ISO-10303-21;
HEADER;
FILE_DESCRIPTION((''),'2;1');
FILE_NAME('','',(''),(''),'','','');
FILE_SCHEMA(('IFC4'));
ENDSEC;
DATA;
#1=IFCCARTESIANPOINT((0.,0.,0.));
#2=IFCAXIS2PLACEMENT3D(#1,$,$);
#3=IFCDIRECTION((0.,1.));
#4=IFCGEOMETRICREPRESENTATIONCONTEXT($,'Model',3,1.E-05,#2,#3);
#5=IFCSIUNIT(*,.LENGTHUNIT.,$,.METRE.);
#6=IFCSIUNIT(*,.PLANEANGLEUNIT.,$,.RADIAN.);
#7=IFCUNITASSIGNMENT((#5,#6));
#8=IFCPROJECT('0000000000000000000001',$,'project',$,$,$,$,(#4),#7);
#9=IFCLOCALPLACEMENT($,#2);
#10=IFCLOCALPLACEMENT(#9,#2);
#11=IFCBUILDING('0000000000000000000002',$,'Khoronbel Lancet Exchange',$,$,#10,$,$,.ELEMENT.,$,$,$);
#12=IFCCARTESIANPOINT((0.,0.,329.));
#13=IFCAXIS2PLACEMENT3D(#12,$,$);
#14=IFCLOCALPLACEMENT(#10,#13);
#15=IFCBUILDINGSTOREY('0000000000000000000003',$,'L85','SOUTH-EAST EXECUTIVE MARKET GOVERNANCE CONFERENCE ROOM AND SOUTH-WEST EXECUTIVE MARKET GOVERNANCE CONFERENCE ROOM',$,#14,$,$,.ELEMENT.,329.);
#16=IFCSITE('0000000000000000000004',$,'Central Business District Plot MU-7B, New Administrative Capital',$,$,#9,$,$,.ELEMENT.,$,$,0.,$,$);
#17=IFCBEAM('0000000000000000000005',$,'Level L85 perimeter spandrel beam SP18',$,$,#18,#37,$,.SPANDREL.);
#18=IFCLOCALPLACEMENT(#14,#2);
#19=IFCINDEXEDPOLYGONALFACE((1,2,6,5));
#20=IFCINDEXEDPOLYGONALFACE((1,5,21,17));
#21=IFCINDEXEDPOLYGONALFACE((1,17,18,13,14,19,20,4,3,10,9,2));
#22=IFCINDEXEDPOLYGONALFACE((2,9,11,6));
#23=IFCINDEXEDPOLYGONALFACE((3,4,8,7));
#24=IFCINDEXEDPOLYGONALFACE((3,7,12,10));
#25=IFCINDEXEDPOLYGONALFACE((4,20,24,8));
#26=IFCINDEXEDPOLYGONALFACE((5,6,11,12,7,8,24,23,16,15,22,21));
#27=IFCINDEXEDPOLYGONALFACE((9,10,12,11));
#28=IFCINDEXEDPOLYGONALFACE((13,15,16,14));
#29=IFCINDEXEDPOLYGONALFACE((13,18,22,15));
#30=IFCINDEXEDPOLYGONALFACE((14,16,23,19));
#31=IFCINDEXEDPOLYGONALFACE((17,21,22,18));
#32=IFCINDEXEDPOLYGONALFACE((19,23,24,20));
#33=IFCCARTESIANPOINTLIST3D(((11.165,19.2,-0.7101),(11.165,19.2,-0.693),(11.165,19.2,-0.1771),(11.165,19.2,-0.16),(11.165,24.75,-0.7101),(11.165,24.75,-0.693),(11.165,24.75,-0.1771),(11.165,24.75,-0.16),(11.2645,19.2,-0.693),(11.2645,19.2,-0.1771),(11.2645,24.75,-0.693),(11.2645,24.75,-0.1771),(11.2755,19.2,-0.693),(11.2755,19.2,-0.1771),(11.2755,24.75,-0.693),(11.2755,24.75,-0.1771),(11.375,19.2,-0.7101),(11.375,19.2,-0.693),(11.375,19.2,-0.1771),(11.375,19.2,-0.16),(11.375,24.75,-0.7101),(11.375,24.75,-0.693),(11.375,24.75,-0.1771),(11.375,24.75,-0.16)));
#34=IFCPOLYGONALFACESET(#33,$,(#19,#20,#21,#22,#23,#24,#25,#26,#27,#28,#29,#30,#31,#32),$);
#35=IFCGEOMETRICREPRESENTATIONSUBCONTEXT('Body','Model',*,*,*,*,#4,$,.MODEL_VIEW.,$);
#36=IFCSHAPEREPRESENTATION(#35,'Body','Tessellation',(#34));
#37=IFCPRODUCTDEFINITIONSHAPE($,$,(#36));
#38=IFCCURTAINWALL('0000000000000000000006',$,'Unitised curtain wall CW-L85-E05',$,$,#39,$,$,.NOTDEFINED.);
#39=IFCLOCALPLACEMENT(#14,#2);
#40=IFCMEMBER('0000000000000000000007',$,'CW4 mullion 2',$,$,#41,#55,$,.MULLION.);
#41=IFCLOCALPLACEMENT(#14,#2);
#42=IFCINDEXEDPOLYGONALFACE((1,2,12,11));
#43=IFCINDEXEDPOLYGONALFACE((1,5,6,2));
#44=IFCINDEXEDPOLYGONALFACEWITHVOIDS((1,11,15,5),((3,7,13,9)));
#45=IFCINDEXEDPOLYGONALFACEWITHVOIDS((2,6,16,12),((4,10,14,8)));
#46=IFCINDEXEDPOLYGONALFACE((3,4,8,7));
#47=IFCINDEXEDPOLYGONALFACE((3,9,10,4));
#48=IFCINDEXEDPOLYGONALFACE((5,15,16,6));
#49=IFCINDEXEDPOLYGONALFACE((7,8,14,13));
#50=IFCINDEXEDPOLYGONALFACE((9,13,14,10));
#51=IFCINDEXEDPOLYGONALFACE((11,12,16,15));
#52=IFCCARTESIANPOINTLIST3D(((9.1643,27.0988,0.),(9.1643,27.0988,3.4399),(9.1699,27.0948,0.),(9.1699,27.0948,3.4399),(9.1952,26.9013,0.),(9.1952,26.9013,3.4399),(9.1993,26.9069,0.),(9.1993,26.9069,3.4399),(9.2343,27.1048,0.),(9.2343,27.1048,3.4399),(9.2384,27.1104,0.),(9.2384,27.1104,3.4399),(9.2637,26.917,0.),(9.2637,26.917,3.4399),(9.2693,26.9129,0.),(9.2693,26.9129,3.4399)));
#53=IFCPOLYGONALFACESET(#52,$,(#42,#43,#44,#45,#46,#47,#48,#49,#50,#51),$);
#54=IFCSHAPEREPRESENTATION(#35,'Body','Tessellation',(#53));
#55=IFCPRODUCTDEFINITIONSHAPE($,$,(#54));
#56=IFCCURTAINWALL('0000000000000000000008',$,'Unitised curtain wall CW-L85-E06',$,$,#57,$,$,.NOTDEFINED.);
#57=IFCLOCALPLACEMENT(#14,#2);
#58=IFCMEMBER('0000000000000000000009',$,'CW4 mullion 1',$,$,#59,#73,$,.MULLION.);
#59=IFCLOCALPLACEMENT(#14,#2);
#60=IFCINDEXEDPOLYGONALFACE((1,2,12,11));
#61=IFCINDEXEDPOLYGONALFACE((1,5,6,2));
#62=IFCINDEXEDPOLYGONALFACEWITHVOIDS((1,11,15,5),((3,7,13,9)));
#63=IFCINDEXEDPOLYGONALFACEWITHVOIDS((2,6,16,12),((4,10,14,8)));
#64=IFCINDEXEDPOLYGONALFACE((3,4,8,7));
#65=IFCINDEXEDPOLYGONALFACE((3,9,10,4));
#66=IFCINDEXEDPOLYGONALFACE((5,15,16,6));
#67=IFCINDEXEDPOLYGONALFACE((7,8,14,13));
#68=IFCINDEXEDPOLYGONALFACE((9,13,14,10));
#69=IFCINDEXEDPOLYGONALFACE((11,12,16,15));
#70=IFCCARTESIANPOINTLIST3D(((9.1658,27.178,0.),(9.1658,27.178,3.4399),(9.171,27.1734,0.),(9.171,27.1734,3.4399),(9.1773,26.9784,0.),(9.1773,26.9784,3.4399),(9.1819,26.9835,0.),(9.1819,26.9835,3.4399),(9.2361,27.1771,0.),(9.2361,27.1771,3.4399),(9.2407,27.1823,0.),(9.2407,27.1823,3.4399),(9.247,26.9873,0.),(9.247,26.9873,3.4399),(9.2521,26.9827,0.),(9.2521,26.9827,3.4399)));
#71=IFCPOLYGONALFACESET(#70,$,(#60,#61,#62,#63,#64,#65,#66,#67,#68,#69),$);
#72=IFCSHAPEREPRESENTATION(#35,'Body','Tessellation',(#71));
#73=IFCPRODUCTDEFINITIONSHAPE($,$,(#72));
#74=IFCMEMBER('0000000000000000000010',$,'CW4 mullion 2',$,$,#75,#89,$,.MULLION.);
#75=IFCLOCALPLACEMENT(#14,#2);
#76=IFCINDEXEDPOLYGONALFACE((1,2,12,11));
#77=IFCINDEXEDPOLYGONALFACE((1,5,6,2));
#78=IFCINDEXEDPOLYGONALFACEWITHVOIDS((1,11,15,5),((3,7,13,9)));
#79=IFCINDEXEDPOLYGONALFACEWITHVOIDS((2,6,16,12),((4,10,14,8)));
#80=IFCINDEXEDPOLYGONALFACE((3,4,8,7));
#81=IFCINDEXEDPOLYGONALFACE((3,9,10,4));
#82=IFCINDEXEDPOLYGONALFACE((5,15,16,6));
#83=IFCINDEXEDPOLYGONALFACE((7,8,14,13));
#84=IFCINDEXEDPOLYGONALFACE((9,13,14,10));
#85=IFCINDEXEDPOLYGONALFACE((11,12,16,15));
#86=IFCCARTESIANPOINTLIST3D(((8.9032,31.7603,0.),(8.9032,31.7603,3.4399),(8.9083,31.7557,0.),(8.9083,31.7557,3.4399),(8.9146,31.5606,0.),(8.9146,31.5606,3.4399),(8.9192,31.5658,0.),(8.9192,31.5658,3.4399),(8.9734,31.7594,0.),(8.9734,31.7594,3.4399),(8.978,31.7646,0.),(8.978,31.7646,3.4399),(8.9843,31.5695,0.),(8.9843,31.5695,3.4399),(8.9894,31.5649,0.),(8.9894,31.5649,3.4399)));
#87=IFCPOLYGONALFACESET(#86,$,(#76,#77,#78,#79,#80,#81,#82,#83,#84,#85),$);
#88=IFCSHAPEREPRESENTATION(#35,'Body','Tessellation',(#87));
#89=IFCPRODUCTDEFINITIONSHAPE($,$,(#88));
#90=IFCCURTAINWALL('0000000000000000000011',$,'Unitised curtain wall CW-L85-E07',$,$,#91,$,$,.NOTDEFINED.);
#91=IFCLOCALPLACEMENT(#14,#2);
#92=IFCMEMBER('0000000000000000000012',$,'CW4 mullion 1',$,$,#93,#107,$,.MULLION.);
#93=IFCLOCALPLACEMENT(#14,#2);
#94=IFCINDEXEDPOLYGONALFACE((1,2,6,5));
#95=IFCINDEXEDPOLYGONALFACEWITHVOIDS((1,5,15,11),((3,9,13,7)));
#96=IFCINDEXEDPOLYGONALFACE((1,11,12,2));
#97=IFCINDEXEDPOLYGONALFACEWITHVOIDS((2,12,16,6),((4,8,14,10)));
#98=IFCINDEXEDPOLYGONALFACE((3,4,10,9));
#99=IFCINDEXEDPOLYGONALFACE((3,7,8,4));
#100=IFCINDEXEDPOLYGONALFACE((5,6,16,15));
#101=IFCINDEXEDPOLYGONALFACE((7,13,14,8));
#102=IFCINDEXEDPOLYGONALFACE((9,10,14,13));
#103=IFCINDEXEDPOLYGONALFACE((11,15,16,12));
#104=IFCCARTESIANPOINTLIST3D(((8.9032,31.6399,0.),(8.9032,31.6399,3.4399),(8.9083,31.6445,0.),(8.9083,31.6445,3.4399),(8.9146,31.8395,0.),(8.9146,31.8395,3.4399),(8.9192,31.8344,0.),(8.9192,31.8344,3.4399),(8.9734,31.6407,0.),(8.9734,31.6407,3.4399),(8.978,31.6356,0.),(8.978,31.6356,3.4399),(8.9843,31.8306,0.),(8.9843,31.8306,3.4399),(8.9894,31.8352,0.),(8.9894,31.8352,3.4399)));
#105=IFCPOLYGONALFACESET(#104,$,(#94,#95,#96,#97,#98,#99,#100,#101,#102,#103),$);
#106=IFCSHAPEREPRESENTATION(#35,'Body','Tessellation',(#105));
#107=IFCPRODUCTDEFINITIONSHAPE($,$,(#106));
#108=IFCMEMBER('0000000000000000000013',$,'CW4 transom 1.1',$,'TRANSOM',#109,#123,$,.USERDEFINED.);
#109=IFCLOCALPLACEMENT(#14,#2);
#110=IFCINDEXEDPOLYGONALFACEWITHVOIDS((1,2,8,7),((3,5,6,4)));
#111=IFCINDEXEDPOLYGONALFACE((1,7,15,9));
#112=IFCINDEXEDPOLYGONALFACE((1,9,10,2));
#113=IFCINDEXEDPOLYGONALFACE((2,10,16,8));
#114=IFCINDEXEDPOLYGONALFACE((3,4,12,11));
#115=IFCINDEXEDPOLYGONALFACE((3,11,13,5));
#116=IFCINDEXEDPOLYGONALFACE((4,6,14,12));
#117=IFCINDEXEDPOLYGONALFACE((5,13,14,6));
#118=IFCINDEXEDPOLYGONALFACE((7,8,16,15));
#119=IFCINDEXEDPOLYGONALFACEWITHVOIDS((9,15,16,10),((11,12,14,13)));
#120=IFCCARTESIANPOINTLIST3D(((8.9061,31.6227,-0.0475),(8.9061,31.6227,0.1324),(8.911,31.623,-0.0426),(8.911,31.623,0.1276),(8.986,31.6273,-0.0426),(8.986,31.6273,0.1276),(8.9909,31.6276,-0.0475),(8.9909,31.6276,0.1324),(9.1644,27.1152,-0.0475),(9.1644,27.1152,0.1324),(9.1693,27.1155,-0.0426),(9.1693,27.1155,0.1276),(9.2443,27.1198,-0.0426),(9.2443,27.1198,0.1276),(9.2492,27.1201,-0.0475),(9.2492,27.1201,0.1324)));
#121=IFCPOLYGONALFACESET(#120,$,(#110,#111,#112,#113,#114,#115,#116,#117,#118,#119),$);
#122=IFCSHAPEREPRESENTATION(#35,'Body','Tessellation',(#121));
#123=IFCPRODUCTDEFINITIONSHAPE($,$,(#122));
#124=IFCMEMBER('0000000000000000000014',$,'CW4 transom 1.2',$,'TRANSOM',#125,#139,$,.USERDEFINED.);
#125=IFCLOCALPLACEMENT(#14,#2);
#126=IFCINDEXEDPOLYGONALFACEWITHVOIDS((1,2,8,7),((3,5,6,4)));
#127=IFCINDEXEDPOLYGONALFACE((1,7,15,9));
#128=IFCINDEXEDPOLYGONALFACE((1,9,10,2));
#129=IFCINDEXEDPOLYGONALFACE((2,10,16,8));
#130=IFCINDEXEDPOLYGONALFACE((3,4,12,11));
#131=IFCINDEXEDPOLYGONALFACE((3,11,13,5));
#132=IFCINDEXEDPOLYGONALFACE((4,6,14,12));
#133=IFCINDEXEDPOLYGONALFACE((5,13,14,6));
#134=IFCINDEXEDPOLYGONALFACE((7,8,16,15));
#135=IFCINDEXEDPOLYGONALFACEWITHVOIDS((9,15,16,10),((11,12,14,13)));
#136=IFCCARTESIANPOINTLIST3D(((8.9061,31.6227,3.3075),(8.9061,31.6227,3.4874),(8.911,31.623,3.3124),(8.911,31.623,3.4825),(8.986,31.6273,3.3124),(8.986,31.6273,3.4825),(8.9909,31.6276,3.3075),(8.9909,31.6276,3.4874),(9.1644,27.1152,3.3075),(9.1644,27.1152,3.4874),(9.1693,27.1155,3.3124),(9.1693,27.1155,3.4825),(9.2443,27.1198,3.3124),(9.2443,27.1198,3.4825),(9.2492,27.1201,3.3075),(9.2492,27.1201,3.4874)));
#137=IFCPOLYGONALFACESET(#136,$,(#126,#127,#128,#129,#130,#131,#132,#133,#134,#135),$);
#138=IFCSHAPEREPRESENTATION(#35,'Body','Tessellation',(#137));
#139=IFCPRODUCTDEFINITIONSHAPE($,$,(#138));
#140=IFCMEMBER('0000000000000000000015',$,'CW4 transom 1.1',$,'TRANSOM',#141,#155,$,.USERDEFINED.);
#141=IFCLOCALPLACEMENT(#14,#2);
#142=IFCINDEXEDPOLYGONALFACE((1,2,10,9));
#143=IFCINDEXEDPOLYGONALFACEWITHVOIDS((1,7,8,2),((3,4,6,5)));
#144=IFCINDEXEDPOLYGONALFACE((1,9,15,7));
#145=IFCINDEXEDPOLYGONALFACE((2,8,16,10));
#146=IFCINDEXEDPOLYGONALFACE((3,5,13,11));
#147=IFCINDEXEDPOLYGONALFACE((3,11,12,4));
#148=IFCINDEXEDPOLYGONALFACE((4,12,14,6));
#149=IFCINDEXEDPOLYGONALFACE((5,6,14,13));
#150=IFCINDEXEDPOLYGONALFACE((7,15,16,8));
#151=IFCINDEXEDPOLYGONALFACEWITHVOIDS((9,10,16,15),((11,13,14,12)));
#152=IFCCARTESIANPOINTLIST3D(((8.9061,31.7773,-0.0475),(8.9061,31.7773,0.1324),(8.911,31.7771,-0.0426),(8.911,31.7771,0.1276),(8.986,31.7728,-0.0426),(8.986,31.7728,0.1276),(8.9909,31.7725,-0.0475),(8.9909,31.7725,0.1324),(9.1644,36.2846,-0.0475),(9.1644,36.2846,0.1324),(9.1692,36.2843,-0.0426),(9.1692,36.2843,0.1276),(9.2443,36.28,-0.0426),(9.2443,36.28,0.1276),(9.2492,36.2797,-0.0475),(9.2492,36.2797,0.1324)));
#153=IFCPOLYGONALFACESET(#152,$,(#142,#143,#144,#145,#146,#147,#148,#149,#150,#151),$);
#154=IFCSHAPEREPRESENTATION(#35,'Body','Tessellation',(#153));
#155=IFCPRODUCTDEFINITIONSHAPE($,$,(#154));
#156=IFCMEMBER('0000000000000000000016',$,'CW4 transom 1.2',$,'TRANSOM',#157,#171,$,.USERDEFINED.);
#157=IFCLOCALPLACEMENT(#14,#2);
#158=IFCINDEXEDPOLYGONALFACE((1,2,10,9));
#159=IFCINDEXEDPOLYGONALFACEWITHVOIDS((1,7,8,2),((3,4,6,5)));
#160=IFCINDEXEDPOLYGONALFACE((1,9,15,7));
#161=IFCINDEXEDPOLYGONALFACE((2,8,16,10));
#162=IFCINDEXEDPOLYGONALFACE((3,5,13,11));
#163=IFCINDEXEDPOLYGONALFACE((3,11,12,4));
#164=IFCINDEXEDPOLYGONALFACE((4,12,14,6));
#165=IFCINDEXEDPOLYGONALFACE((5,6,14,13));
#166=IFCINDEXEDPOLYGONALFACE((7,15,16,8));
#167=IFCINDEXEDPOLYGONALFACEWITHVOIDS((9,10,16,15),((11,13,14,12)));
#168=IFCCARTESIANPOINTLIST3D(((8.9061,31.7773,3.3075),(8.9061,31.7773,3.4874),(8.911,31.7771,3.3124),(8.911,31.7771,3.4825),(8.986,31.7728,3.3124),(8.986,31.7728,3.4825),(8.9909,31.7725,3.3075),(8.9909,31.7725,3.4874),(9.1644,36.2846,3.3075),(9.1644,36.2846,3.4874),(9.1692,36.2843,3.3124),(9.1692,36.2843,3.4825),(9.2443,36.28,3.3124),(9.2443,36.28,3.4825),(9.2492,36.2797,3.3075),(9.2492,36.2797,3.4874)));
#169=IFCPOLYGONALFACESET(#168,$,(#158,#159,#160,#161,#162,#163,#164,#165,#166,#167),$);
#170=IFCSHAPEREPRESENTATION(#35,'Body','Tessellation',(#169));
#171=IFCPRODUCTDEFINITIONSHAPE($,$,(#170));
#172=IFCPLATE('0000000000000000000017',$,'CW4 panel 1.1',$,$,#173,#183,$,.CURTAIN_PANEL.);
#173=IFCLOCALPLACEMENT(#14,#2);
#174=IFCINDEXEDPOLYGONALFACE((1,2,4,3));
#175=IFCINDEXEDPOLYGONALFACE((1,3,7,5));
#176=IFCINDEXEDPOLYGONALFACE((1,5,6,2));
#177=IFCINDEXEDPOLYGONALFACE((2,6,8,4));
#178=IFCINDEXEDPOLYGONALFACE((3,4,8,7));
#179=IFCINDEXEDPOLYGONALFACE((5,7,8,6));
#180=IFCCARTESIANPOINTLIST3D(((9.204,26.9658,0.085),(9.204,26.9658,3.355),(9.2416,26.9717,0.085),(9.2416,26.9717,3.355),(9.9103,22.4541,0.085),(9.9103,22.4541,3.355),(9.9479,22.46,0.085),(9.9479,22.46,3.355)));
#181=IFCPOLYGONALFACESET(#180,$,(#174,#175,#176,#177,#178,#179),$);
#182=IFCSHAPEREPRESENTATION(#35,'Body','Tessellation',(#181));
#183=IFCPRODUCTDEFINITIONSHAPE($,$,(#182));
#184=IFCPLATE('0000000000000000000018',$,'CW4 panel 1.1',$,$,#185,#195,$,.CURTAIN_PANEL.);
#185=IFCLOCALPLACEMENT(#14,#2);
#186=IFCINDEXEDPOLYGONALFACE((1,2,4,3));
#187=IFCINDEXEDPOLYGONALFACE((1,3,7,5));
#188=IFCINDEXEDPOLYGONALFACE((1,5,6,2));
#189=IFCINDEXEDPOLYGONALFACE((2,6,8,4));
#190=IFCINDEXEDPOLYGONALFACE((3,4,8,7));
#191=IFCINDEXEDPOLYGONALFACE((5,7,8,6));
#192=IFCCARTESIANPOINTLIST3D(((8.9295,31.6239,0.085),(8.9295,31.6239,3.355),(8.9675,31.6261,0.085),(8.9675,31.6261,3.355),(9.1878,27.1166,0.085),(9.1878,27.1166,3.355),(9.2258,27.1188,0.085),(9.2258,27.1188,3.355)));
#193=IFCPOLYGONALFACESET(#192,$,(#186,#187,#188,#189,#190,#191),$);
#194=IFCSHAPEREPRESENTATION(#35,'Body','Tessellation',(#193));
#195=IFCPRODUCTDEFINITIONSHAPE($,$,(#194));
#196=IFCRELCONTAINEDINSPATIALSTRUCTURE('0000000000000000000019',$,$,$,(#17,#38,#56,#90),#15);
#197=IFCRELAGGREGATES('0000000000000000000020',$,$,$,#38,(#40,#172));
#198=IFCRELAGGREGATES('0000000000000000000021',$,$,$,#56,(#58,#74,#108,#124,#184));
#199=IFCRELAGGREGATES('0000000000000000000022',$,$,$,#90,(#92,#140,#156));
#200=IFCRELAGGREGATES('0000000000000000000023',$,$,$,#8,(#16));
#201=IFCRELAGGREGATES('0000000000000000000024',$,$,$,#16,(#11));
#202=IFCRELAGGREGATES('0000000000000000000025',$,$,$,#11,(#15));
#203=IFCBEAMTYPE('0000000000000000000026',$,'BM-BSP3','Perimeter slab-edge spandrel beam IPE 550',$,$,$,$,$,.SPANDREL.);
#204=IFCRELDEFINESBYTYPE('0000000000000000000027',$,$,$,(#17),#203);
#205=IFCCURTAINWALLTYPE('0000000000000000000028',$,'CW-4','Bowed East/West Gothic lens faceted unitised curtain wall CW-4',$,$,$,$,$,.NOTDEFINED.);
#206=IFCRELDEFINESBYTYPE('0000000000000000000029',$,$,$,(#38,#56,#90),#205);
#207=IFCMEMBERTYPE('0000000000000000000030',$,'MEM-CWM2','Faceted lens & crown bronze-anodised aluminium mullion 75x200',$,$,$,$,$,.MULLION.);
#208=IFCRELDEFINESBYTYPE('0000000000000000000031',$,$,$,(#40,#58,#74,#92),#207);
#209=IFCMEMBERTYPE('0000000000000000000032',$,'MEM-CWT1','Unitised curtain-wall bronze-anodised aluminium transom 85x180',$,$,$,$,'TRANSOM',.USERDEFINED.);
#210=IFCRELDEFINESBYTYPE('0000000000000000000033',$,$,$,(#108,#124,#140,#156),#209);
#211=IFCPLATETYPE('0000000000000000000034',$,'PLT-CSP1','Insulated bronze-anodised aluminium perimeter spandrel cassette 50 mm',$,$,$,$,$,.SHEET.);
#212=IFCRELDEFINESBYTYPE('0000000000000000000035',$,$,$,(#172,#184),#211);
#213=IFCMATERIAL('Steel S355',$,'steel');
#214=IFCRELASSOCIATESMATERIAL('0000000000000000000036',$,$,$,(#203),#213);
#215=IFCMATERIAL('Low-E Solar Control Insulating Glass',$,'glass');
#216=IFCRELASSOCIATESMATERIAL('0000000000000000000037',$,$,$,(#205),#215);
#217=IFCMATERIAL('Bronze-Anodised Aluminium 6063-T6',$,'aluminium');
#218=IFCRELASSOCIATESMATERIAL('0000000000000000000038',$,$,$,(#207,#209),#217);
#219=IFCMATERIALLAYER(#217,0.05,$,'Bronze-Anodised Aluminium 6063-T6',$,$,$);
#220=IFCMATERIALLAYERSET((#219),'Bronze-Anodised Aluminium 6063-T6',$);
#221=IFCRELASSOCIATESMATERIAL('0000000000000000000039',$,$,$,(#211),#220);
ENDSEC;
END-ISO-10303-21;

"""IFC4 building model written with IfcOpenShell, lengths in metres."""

from ifc_helpers import new_model, si_unit, direction, frame, origin, origin_2d, place, context, subcontext, project, spatial, rectangle, hollow_rectangle, i_section, extrude, material, layer, layer_set, material_profile, profile_set, type_object, element, aggregate, save


model = new_model("IFC4")

# Units and contexts
model_context = context("Model", 3, precision=1e-05, world=origin(), true_north=direction((0.0, 1.0)))
body_context = subcontext(model_context, "Body", "Model", "MODEL_VIEW")
ifc_project = project(units=[si_unit("LENGTHUNIT", "METRE"), si_unit("PLANEANGLEUNIT", "RADIAN")], contexts=[model_context])

# Site, building, storey
site_placement = place(None, origin())
site = spatial("IfcSite", under=ifc_project, at=site_placement, Name="Central Business District Plot MU-7B, New Administrative Capital", CompositionType="ELEMENT", RefElevation=0.0)
building_placement = place(site_placement, origin())
building = spatial("IfcBuilding", under=site, at=building_placement, Name="Khoronbel Lancet Exchange", CompositionType="ELEMENT")
storey_placement = place(building_placement, frame((0.0, 0.0, 329.0)))
storey = spatial("IfcBuildingStorey", under=building, at=storey_placement, Name="L85", Description="SOUTH-EAST EXECUTIVE MARKET GOVERNANCE CONFERENCE ROOM AND SOUTH-WEST EXECUTIVE MARKET GOVERNANCE CONFERENCE ROOM", CompositionType="ELEMENT", Elevation=329.0)

# Shared definitions
ifc_material_1 = material(Name="Steel S355", Category="steel")

# Beam
ifc_material_profile_1 = material_profile(ifc_material_1, i_section(OverallWidth=0.21, OverallDepth=0.55, WebThickness=0.011, FlangeThickness=0.0171, at=origin_2d()), Name="IPE 550")
ifc_profile_set_1 = profile_set([ifc_material_profile_1], Name="Steel S355")
beam_type_1 = type_object("IfcBeamType", Name="BM-BSP3", Description="Perimeter slab-edge spandrel beam IPE 550", PredefinedType="SPANDREL", material=ifc_profile_set_1)
beam_1_placement = place(storey_placement, frame((11.27, 24.75, -0.4351), z_axis=(0.0, -1.0, 0.0), x_axis=(1.0, 0.0, 0.0)))
element("IfcBeam", 1, at=beam_1_placement, inside=storey, type_object=beam_type_1, Name="Level L85 perimeter spandrel beam SP18", PredefinedType="SPANDREL", context=body_context, shape_type="SweptSolid", body=[
    extrude(i_section(OverallWidth=0.21, OverallDepth=0.55, WebThickness=0.011, FlangeThickness=0.0171, at=origin_2d()), origin(), (0.0, 0.0, 1.0), 5.55),
])

# Curtain wall, member
ifc_material_2 = material(Name="Low-E Solar Control Insulating Glass", Category="glass")
curtain_wall_type = type_object("IfcCurtainWallType", Name="CW-4", Description="Bowed East/West Gothic lens faceted unitised curtain wall CW-4", PredefinedType="NOTDEFINED", material=ifc_material_2)
curtain_wall_1_placement = place(storey_placement, origin())
curtain_wall_1 = element("IfcCurtainWall", 2, at=curtain_wall_1_placement, inside=storey, type_object=curtain_wall_type, Name="Unitised curtain wall CW-L85-E05", PredefinedType="NOTDEFINED")
ifc_material_3 = material(Name="Bronze-Anodised Aluminium 6063-T6", Category="aluminium")
ifc_material_profile_2 = material_profile(ifc_material_3, hollow_rectangle(XDim=0.075, YDim=0.2, WallThickness=0.0049, at=origin_2d()), Name="ALU MULLION 75x200")
ifc_profile_set_2 = profile_set([ifc_material_profile_2], Name="Bronze-Anodised Aluminium 6063-T6")
member_type_1 = type_object("IfcMemberType", Name="MEM-CWM2", Description="Faceted lens & crown bronze-anodised aluminium mullion 75x200", PredefinedType="MULLION", material=ifc_profile_set_2)
member_1_placement = place(storey_placement, frame((9.2168, 27.0059, 0.0), z_axis=(0.0, 0.0, 1.0), x_axis=(-0.987967, -0.154668, 0.0)))
member_1 = element("IfcMember", 3, at=member_1_placement, type_object=member_type_1, Name="CW4 mullion 2", PredefinedType="MULLION", context=body_context, shape_type="SweptSolid", body=[
    extrude(hollow_rectangle(XDim=0.075, YDim=0.2, WallThickness=0.0049, at=origin_2d()), origin(), (0.0, 0.0, 1.0), 3.4399),
])

# Curtain wall, members
curtain_wall_2_placement = place(storey_placement, origin())
curtain_wall_2 = element("IfcCurtainWall", 4, at=curtain_wall_2_placement, inside=storey, type_object=curtain_wall_type, Name="Unitised curtain wall CW-L85-E06", PredefinedType="NOTDEFINED")
member_2_placement = place(storey_placement, frame((9.209, 27.0803, 0.0), z_axis=(0.0, 0.0, 1.0), x_axis=(-0.998362, -0.057216, 0.0)))
member_2 = element("IfcMember", 5, at=member_2_placement, type_object=member_type_1, Name="CW4 mullion 1", PredefinedType="MULLION", context=body_context, shape_type="SweptSolid", body=[
    extrude(hollow_rectangle(XDim=0.075, YDim=0.2, WallThickness=0.0049, at=origin_2d()), origin(), (0.0, 0.0, 1.0), 3.4399),
])
member_3_placement = place(storey_placement, frame((8.9463, 31.6626, 0.0), z_axis=(0.0, 0.0, 1.0), x_axis=(-0.998362, -0.057216, 0.0)))
member_3 = element("IfcMember", 6, at=member_3_placement, type_object=member_type_1, Name="CW4 mullion 2", PredefinedType="MULLION", context=body_context, shape_type="SweptSolid", body=[
    extrude(hollow_rectangle(XDim=0.075, YDim=0.2, WallThickness=0.0049, at=origin_2d()), origin(), (0.0, 0.0, 1.0), 3.4399),
])

# Curtain wall, member
curtain_wall_3_placement = place(storey_placement, origin())
curtain_wall_3 = element("IfcCurtainWall", 7, at=curtain_wall_3_placement, inside=storey, type_object=curtain_wall_type, Name="Unitised curtain wall CW-L85-E07", PredefinedType="NOTDEFINED")
member_4_placement = place(storey_placement, frame((8.9463, 31.7375, 0.0), z_axis=(0.0, 0.0, 1.0), x_axis=(-0.998362, 0.057216, 0.0)))
member_4 = element("IfcMember", 8, at=member_4_placement, type_object=member_type_1, Name="CW4 mullion 1", PredefinedType="MULLION", context=body_context, shape_type="SweptSolid", body=[
    extrude(hollow_rectangle(XDim=0.075, YDim=0.2, WallThickness=0.0049, at=origin_2d()), origin(), (0.0, 0.0, 1.0), 3.4399),
])

# Members
ifc_material_profile_3 = material_profile(ifc_material_3, hollow_rectangle(XDim=0.085, YDim=0.1799, WallThickness=0.0049, at=origin_2d()), Name="ALU TRANSOM 85x180")
ifc_profile_set_3 = profile_set([ifc_material_profile_3], Name="Bronze-Anodised Aluminium 6063-T6")
member_type_2 = type_object("IfcMemberType", Name="MEM-CWT1", Description="Unitised curtain-wall bronze-anodised aluminium transom 85x180", ElementType="TRANSOM", PredefinedType="USERDEFINED", material=ifc_profile_set_3)
member_5_placement = place(storey_placement, frame((9.2068, 27.1177, 0.0425), z_axis=(-0.05721, 0.998362, 0.0), x_axis=(-0.998362, -0.05721, 0.0)))
member_5 = element("IfcMember", 9, at=member_5_placement, type_object=member_type_2, Name="CW4 transom 1.1", ObjectType="TRANSOM", PredefinedType="USERDEFINED", context=body_context, shape_type="SweptSolid", body=[
    extrude(hollow_rectangle(XDim=0.085, YDim=0.1799, WallThickness=0.0049, at=origin_2d()), origin(), (0.0, 0.0, 1.0), 4.5149),
])
member_6_placement = place(storey_placement, frame((9.2068, 27.1177, 3.3975), z_axis=(-0.05721, 0.998362, 0.0), x_axis=(-0.998362, -0.05721, 0.0)))
member_6 = element("IfcMember", 10, at=member_6_placement, type_object=member_type_2, Name="CW4 transom 1.2", ObjectType="TRANSOM", PredefinedType="USERDEFINED", context=body_context, shape_type="SweptSolid", body=[
    extrude(hollow_rectangle(XDim=0.085, YDim=0.1799, WallThickness=0.0049, at=origin_2d()), origin(), (0.0, 0.0, 1.0), 4.5149),
])
member_7_placement = place(storey_placement, frame((8.9485, 31.7749, 0.0425), z_axis=(0.057213, 0.998362, 0.0), x_axis=(-0.998362, 0.057213, 0.0)))
member_7 = element("IfcMember", 11, at=member_7_placement, type_object=member_type_2, Name="CW4 transom 1.1", ObjectType="TRANSOM", PredefinedType="USERDEFINED", context=body_context, shape_type="SweptSolid", body=[
    extrude(hollow_rectangle(XDim=0.085, YDim=0.1799, WallThickness=0.0049, at=origin_2d()), origin(), (0.0, 0.0, 1.0), 4.5146),
])
member_8_placement = place(storey_placement, frame((8.9485, 31.7749, 3.3975), z_axis=(0.057213, 0.998362, 0.0), x_axis=(-0.998362, 0.057213, 0.0)))
member_8 = element("IfcMember", 12, at=member_8_placement, type_object=member_type_2, Name="CW4 transom 1.2", ObjectType="TRANSOM", PredefinedType="USERDEFINED", context=body_context, shape_type="SweptSolid", body=[
    extrude(hollow_rectangle(XDim=0.085, YDim=0.1799, WallThickness=0.0049, at=origin_2d()), origin(), (0.0, 0.0, 1.0), 4.5146),
])

# Plates
ifc_layer_1 = layer(ifc_material_3, 0.05, Name="Bronze-Anodised Aluminium 6063-T6")
ifc_layer_set_1 = layer_set([ifc_layer_1], Name="Bronze-Anodised Aluminium 6063-T6")
plate_type = type_object("IfcPlateType", Name="PLT-CSP1", Description="Insulated bronze-anodised aluminium perimeter spandrel cassette 50 mm", PredefinedType="SHEET", material=ifc_layer_set_1)
plate_1_placement = place(storey_placement, frame((9.5759, 24.7129, 0.085), z_axis=(0.0, 0.0, 1.0), x_axis=(-0.154668, 0.987967, 0.0)))
plate_1 = element("IfcPlate", 13, at=plate_1_placement, type_object=plate_type, Name="CW4 panel 1.1", PredefinedType="CURTAIN_PANEL", context=body_context, shape_type="SweptSolid", body=[
    extrude(rectangle(XDim=4.5667, YDim=0.0381, at=origin_2d()), origin(), (0.0, 0.0, 1.0), 3.27),
])
aggregate(curtain_wall_1, [member_1, plate_1])
plate_2_placement = place(storey_placement, frame((9.0776, 29.3713, 0.085), z_axis=(0.0, 0.0, 1.0), x_axis=(-0.057216, 0.998362, 0.0)))
plate_2 = element("IfcPlate", 14, at=plate_2_placement, type_object=plate_type, Name="CW4 panel 1.1", PredefinedType="CURTAIN_PANEL", context=body_context, shape_type="SweptSolid", body=[
    extrude(rectangle(XDim=4.5146, YDim=0.0381, at=origin_2d()), origin(), (0.0, 0.0, 1.0), 3.27),
])
aggregate(curtain_wall_2, [member_2, member_3, member_5, member_6, plate_2])
aggregate(curtain_wall_3, [member_4, member_7, member_8])

save(model, "model.ifc")
